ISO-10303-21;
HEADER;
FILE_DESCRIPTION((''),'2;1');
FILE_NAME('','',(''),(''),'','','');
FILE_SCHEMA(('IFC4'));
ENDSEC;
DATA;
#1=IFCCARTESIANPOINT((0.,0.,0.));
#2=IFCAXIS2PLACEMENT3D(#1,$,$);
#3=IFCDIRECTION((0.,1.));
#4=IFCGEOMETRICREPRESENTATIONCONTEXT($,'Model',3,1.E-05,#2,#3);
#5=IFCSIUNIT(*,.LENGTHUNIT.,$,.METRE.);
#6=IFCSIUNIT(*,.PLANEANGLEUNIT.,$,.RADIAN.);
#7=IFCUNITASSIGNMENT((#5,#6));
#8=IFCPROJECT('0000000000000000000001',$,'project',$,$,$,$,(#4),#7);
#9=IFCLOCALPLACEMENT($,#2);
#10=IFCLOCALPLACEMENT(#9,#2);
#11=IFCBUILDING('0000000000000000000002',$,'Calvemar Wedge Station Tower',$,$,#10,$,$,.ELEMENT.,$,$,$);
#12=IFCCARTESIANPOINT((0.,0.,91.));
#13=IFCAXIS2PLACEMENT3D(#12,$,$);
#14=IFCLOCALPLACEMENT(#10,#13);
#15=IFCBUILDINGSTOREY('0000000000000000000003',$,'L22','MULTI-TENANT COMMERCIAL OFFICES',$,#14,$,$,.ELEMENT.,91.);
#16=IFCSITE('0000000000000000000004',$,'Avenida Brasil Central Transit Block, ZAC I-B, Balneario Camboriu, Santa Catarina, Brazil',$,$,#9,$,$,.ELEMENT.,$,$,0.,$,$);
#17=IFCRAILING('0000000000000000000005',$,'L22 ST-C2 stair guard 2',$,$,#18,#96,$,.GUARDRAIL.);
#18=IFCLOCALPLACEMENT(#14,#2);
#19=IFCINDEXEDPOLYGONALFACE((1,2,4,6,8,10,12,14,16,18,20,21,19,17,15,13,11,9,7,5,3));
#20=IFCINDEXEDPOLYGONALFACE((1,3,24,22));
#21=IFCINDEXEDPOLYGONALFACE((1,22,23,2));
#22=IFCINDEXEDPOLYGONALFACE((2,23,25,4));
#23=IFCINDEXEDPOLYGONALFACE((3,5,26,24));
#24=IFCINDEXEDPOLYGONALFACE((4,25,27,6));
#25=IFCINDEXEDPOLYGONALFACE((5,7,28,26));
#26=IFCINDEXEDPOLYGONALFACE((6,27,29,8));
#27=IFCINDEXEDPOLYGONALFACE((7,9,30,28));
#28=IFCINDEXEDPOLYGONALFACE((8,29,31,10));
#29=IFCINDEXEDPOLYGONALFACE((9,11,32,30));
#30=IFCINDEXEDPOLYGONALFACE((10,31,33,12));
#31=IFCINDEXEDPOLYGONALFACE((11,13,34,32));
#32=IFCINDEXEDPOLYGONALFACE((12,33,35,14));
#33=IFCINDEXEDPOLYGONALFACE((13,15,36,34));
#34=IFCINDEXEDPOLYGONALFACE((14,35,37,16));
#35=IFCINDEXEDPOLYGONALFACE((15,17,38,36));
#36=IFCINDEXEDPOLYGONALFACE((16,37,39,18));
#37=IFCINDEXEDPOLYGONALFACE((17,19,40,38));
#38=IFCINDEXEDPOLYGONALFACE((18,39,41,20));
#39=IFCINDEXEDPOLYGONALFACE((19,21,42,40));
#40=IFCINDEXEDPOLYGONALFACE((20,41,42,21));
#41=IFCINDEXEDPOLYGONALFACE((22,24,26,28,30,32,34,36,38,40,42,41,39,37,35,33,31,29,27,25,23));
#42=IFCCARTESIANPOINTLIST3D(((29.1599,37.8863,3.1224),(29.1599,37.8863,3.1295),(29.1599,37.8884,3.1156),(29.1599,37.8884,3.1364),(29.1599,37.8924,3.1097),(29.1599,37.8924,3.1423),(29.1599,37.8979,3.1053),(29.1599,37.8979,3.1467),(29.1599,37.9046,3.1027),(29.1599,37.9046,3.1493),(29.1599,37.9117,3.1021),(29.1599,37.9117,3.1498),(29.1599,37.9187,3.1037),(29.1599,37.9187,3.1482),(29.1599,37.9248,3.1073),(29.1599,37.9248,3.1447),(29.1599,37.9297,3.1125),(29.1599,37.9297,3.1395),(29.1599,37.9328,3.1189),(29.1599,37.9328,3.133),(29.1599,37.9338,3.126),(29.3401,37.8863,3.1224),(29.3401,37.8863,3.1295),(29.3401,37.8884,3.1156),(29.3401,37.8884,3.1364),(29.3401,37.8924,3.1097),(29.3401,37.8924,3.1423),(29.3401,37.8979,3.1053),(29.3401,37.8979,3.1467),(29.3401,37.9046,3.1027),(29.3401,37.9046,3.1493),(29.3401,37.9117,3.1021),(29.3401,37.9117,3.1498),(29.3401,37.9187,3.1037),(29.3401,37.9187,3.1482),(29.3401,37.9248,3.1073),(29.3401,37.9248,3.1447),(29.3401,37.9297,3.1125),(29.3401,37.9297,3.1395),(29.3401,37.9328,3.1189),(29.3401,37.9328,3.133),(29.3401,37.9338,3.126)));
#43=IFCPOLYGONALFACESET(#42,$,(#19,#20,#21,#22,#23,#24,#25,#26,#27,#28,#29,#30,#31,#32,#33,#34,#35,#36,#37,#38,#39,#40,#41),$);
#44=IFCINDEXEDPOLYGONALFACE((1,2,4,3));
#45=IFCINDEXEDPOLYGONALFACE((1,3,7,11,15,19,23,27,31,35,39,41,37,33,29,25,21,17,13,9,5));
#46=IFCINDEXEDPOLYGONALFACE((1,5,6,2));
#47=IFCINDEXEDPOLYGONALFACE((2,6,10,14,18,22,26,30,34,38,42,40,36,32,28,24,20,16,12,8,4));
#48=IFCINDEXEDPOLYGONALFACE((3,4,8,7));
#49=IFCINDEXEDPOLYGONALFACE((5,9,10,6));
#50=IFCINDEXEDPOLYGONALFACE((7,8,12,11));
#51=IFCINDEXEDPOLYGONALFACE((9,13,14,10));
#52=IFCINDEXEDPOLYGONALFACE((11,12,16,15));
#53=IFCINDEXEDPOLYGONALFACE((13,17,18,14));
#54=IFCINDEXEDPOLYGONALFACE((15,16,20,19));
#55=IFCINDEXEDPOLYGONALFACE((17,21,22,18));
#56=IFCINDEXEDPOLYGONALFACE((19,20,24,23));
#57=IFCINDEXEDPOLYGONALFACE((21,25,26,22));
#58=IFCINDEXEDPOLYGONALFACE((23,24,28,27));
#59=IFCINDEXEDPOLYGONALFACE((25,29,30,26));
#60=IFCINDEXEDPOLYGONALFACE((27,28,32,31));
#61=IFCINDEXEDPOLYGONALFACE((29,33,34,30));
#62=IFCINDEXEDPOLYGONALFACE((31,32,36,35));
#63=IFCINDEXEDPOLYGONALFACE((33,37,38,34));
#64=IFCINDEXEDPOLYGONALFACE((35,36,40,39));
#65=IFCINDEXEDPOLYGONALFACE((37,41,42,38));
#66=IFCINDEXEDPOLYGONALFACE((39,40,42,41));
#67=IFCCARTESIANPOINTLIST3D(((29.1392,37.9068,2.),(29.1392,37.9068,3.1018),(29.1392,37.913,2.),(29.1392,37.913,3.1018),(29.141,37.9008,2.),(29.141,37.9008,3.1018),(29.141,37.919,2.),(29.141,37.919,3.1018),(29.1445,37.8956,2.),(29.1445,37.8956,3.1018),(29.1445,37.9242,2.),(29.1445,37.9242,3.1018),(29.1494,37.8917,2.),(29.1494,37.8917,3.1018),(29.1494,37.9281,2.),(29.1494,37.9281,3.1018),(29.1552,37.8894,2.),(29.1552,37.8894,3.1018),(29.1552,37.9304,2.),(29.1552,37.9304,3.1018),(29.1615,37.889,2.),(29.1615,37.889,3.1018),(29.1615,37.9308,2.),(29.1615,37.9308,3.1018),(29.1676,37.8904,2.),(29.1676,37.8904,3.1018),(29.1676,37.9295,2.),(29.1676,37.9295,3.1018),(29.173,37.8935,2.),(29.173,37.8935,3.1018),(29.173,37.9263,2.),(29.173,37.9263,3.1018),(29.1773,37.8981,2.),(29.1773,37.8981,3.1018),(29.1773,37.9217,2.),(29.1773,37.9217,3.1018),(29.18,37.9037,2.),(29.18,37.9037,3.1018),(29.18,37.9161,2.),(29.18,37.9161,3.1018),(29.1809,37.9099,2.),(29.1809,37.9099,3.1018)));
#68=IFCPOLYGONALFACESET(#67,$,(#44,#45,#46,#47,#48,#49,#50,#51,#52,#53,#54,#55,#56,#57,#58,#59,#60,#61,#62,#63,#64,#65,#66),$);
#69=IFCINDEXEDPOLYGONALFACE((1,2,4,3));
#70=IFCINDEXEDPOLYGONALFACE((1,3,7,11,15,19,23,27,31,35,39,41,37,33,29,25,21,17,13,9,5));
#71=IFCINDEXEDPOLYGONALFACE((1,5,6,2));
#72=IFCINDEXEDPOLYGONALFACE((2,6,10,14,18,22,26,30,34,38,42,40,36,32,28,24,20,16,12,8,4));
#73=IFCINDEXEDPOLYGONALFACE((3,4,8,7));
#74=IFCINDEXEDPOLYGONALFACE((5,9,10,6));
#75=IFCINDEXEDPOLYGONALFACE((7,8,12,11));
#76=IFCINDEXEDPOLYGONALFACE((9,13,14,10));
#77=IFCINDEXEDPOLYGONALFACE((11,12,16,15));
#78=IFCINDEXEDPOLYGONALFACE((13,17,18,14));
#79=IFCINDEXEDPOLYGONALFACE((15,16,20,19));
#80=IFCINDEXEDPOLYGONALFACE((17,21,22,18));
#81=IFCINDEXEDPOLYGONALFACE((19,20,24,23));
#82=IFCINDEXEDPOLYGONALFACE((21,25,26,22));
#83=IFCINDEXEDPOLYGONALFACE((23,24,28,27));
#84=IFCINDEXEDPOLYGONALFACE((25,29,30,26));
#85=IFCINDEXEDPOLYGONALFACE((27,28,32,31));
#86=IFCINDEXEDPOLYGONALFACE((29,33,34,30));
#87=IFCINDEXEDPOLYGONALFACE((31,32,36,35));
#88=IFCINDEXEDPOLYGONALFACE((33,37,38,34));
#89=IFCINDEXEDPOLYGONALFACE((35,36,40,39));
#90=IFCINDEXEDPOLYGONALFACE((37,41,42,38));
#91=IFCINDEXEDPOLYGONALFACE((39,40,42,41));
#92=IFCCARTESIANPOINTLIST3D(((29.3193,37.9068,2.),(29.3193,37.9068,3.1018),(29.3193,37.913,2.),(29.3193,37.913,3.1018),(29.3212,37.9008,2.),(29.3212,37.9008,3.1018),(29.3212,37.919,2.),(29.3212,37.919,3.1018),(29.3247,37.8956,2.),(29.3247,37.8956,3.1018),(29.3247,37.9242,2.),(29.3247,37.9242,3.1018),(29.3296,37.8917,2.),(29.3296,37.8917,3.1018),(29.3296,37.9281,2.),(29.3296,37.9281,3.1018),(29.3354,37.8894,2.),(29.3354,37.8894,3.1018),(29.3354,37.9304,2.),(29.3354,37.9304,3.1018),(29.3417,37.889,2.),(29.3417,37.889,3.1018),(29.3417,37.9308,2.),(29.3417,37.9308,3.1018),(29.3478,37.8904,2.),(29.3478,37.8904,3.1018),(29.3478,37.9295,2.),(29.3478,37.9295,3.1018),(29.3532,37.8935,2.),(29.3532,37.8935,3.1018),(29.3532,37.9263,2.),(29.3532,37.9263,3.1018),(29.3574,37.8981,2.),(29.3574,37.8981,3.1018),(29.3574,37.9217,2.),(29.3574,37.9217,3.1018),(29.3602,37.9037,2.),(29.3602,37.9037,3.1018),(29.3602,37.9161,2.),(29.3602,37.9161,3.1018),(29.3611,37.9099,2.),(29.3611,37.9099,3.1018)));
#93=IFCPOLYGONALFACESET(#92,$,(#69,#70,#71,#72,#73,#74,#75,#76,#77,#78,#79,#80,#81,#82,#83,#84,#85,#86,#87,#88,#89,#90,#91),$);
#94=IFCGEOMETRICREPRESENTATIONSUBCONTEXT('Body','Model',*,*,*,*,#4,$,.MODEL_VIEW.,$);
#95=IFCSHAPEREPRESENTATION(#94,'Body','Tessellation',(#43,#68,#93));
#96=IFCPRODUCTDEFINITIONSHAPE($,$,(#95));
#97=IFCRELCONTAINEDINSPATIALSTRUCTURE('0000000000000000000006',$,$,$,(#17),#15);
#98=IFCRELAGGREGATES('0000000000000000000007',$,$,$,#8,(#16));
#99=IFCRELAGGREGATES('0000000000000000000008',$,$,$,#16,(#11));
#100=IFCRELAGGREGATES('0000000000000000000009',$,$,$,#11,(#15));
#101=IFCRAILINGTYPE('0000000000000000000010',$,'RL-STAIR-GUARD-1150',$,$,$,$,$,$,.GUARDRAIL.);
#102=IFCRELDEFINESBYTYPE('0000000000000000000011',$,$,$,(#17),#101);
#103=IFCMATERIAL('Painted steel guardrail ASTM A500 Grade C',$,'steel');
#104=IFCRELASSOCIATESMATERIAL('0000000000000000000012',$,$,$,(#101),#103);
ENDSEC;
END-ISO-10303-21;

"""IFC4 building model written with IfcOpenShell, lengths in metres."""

from ifc_helpers import new_model, si_unit, direction, frame, origin, origin_2d, place, context, subcontext, project, spatial, circle, extrude, material, type_object, element, save


model = new_model("IFC4")

# Units and contexts
model_context = context("Model", 3, precision=1e-05, world=origin(), true_north=direction((0.0, 1.0)))
body_context = subcontext(model_context, "Body", "Model", "MODEL_VIEW")
ifc_project = project(units=[si_unit("LENGTHUNIT", "METRE"), si_unit("PLANEANGLEUNIT", "RADIAN")], contexts=[model_context])

# Site, building, storey
site_placement = place(None, origin())
site = spatial("IfcSite", under=ifc_project, at=site_placement, Name="Avenida Brasil Central Transit Block, ZAC I-B, Balneario Camboriu, Santa Catarina, Brazil", CompositionType="ELEMENT", RefElevation=0.0)
building_placement = place(site_placement, origin())
building = spatial("IfcBuilding", under=site, at=building_placement, Name="Calvemar Wedge Station Tower", CompositionType="ELEMENT")
storey_placement = place(building_placement, frame((0.0, 0.0, 91.0)))
storey = spatial("IfcBuildingStorey", under=building, at=storey_placement, Name="L22", Description="MULTI-TENANT COMMERCIAL OFFICES", CompositionType="ELEMENT", Elevation=91.0)

# Railing
ifc_material_1 = material(Name="Painted steel guardrail ASTM A500 Grade C", Category="steel")
railing_type_1 = type_object("IfcRailingType", Name="RL-STAIR-GUARD-1150", PredefinedType="GUARDRAIL", material=ifc_material_1)
railing_1_placement = place(storey_placement, frame((29.1599, 37.9099, 2.0)))
element("IfcRailing", 1, at=railing_1_placement, inside=storey, type_object=railing_type_1, Name="L22 ST-C2 stair guard 2", PredefinedType="GUARDRAIL", context=body_context, shape_type="SweptSolid", body=[
    extrude(circle(Radius=0.0239, at=origin_2d()), frame((0.0, 0.0, 1.126), z_axis=(1.0, 0.0, 0.0), x_axis=(0.0, 1.0, 0.0)), (0.0, 0.0, 1.0), 0.1802),
    extrude(circle(Radius=0.021, at=origin_2d()), origin(), (0.0, 0.0, 1.0), 1.1018),
    extrude(circle(Radius=0.021, at=origin_2d()), frame((0.1802, 0.0, 0.0)), (0.0, 0.0, 1.0), 1.1018),
])

save(model, "model.ifc")
